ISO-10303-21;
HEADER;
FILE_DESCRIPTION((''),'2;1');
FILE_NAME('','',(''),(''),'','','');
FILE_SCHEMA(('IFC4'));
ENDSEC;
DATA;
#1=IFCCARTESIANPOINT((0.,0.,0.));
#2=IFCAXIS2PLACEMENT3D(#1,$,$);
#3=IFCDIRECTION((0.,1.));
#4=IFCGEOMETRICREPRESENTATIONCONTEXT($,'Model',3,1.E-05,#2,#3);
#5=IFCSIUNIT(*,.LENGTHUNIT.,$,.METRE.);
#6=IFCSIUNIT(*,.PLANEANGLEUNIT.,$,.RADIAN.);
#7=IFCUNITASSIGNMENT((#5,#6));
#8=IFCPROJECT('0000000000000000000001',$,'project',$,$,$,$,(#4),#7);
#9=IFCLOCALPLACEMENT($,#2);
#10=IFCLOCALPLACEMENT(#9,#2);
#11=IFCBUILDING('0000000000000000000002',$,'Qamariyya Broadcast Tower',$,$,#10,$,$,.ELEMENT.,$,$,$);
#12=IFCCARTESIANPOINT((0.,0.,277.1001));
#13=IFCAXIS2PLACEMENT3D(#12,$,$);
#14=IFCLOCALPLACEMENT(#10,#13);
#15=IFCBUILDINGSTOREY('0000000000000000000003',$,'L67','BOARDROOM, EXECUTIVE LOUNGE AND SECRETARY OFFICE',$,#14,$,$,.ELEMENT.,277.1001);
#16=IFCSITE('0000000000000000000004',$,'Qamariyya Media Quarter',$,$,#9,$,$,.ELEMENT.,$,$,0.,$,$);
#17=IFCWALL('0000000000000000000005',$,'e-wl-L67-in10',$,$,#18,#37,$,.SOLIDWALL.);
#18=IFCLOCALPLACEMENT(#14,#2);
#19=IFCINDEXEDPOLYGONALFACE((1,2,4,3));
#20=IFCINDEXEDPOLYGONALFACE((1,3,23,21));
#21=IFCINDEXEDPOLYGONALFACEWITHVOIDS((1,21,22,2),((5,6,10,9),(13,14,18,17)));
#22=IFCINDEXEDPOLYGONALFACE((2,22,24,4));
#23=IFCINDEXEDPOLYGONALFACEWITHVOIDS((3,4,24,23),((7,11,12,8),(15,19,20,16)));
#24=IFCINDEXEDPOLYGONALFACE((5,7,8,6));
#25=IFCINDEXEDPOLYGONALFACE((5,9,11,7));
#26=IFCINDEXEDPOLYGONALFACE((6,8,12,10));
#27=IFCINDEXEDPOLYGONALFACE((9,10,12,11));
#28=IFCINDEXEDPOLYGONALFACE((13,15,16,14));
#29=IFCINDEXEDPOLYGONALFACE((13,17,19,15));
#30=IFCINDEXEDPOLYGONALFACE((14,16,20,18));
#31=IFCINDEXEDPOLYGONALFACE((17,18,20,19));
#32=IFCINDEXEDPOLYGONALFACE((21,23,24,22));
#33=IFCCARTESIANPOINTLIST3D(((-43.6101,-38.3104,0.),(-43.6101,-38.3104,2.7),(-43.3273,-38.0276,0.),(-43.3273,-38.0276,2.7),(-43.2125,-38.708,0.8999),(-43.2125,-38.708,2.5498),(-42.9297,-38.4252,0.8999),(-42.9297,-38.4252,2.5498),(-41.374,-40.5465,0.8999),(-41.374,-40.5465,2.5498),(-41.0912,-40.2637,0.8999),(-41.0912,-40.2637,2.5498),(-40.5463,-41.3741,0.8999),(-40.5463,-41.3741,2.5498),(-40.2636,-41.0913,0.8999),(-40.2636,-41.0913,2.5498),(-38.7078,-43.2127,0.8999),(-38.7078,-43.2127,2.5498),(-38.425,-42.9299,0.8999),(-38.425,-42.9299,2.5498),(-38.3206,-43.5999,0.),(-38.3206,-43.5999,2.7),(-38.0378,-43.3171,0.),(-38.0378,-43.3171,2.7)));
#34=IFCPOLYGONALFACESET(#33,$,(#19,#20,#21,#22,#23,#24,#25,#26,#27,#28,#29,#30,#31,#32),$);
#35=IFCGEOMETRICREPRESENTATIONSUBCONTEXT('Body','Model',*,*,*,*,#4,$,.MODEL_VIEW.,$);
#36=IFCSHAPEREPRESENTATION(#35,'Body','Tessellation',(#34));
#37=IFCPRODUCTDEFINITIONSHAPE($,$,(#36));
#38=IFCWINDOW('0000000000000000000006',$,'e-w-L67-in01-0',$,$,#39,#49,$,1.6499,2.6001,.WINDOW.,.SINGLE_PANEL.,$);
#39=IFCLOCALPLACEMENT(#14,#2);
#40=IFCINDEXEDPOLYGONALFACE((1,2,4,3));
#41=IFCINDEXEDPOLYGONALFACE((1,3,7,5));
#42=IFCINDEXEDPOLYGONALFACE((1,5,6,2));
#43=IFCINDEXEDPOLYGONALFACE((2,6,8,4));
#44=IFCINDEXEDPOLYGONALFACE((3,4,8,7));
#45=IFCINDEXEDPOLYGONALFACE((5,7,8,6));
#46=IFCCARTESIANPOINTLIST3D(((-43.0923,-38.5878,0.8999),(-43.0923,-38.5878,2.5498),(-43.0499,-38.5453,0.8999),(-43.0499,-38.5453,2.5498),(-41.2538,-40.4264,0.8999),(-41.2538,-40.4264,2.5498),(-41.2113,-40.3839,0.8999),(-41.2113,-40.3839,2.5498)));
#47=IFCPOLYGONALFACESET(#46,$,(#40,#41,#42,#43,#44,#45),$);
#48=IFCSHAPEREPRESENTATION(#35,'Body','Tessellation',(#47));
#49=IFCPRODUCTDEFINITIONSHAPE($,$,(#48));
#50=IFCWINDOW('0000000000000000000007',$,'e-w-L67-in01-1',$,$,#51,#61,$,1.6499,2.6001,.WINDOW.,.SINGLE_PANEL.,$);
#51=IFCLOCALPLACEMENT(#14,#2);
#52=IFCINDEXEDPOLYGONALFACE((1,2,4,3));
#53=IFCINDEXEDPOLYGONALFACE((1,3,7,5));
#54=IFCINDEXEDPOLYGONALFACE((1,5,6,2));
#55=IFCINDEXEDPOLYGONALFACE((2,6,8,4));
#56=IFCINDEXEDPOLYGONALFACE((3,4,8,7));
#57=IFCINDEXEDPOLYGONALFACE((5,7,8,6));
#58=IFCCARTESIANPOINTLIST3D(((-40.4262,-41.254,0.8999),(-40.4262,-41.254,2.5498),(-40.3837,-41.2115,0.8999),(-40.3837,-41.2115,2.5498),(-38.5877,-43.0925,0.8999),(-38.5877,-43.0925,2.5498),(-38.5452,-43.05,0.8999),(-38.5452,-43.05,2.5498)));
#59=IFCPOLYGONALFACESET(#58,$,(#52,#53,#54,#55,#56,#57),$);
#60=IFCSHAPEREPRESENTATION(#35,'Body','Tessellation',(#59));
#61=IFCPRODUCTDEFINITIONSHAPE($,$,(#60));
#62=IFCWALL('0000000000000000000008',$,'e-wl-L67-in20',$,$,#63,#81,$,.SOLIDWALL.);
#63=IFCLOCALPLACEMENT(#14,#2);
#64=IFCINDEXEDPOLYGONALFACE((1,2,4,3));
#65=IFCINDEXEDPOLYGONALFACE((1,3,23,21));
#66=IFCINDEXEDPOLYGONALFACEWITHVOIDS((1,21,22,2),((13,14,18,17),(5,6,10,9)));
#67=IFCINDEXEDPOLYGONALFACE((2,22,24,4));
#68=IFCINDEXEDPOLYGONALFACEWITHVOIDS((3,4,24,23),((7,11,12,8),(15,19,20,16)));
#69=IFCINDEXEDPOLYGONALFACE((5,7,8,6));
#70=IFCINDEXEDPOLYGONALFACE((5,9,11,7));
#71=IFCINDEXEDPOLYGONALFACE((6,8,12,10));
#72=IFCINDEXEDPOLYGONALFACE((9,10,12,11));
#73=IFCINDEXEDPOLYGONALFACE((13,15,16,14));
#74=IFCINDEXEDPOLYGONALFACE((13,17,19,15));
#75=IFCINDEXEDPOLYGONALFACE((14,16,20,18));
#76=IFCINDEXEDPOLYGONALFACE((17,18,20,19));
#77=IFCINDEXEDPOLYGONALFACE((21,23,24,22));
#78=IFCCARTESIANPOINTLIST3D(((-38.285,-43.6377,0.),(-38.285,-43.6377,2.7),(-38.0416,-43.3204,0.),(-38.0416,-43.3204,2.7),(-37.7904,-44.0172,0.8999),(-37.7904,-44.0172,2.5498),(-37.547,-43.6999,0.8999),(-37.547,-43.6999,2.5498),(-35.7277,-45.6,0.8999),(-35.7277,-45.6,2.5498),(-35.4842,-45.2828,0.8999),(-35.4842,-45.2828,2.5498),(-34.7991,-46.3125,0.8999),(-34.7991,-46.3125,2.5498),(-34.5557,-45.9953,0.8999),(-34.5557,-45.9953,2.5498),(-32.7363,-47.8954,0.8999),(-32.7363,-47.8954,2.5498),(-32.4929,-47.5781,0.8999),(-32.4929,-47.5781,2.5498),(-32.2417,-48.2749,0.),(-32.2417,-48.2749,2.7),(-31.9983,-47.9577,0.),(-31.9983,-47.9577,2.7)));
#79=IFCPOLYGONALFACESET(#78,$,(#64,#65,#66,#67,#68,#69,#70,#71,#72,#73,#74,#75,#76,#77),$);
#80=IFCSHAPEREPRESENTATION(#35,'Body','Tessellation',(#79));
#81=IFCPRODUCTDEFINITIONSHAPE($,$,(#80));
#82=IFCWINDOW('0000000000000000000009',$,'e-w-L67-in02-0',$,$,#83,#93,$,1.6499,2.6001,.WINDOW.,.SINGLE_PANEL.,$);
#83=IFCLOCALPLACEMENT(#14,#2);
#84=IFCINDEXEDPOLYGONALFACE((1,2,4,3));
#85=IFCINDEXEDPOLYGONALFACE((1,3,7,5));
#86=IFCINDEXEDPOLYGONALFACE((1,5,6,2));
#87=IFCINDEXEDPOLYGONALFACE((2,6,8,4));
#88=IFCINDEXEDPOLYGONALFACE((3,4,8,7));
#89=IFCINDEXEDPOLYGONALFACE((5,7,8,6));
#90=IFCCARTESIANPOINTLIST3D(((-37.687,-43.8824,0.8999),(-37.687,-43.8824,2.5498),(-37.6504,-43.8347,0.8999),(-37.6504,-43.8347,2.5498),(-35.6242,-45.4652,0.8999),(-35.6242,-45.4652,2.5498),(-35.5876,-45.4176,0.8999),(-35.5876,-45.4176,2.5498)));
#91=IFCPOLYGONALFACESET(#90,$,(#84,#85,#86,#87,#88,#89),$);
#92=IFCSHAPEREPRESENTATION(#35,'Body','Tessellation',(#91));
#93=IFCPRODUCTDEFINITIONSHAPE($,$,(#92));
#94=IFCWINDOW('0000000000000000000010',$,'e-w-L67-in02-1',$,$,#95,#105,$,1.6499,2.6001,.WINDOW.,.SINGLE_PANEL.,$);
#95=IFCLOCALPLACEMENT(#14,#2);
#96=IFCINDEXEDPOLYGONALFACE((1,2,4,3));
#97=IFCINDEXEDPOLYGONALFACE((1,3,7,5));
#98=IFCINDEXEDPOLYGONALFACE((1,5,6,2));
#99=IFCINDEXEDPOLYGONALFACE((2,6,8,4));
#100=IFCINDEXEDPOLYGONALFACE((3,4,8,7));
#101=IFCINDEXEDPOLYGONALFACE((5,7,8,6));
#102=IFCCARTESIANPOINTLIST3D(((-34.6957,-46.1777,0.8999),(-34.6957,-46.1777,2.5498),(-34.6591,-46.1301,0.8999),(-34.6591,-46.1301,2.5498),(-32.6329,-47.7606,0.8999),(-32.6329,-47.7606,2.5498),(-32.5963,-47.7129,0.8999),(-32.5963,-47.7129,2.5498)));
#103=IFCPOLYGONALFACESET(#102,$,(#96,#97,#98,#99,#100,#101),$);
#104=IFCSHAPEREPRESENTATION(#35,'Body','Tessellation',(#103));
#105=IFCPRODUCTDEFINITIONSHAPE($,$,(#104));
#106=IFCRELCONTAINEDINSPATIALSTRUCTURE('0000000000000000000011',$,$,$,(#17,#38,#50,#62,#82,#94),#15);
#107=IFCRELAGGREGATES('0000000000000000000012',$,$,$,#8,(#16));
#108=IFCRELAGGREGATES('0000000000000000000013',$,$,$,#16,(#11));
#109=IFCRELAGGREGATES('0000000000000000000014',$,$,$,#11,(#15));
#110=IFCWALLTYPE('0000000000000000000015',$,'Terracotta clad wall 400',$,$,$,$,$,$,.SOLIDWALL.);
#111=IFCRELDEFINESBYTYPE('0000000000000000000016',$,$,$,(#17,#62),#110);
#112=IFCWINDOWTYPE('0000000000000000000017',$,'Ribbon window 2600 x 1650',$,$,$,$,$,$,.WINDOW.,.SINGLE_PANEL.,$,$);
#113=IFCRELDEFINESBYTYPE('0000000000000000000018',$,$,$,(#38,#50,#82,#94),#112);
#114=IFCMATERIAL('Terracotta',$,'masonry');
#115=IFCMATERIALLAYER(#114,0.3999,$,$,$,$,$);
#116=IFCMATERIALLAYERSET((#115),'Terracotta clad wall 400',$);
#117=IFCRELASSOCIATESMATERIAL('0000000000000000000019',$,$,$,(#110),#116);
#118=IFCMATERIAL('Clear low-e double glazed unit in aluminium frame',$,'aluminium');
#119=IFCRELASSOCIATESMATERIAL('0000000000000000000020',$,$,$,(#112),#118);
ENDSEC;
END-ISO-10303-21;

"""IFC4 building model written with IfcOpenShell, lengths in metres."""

from ifc_helpers import new_model, si_unit, direction, frame, frame_2d, origin, place, context, subcontext, project, spatial, rectangle, extrude, material, layer, layer_set, type_object, element, fill, save


model = new_model("IFC4")

# Units and contexts
model_context = context("Model", 3, precision=1e-05, world=origin(), true_north=direction((0.0, 1.0)))
body_context = subcontext(model_context, "Body", "Model", "MODEL_VIEW")
ifc_project = project(units=[si_unit("LENGTHUNIT", "METRE"), si_unit("PLANEANGLEUNIT", "RADIAN")], contexts=[model_context])

# Site, building, storey
site_placement = place(None, origin())
site = spatial("IfcSite", under=ifc_project, at=site_placement, Name="Qamariyya Media Quarter", CompositionType="ELEMENT", RefElevation=0.0)
building_placement = place(site_placement, origin())
building = spatial("IfcBuilding", under=site, at=building_placement, Name="Qamariyya Broadcast Tower", CompositionType="ELEMENT")
storey_placement = place(building_placement, frame((0.0, 0.0, 277.1001)))
storey = spatial("IfcBuildingStorey", under=building, at=storey_placement, Name="L67", Description="BOARDROOM, EXECUTIVE LOUNGE AND SECRETARY OFFICE", CompositionType="ELEMENT", Elevation=277.1001)

# Walls, openings, windows
ifc_material_1 = material(Name="Terracotta", Category="masonry")
ifc_layer_1 = layer(ifc_material_1, 0.3999)
ifc_layer_set_1 = layer_set([ifc_layer_1], Name="Terracotta clad wall 400")
wall_type_1 = type_object("IfcWallType", Name="Terracotta clad wall 400", PredefinedType="SOLIDWALL", material=ifc_layer_set_1)
wall_1_placement = place(storey_placement, frame((-38.1792, -43.4585, 0.0), z_axis=(0.0, 0.0, 1.0), x_axis=(-0.707107, 0.707107, 0.0)))
wall_1 = element("IfcWall", 1, at=wall_1_placement, inside=storey, type_object=wall_type_1, Name="e-wl-L67-in10", PredefinedType="SOLIDWALL", context=body_context, shape_type="SweptSolid", body=[
    extrude(rectangle(XDim=7.4805, YDim=0.3999, at=frame_2d((3.7402, 0.0))), origin(), (0.0, 0.0, 1.0), 2.7),
])
opening_1_placement = place(wall_1_placement, frame((4.3181, 0.0, 0.8999)))
opening_1 = element("IfcOpeningElement", 2, at=opening_1_placement, cuts=wall_1, PredefinedType="OPENING", context=body_context, shape_type="SweptSolid", body=[
    extrude(rectangle(XDim=2.6001, YDim=1.6499, at=frame_2d((1.3, 0.825))), frame((0.0, 0.21, 0.0), z_axis=(0.0, -1.0, 0.0), x_axis=(1.0, 0.0, 0.0)), (0.0, 0.0, 1.0), 0.4199),
])
opening_2_placement = place(wall_1_placement, frame((0.5476, 0.0, 0.8999)))
opening_2 = element("IfcOpeningElement", 3, at=opening_2_placement, cuts=wall_1, PredefinedType="OPENING", context=body_context, shape_type="SweptSolid", body=[
    extrude(rectangle(XDim=2.6001, YDim=1.6499, at=frame_2d((1.3, 0.825))), frame((0.0, 0.21, 0.0), z_axis=(0.0, -1.0, 0.0), x_axis=(1.0, 0.0, 0.0)), (0.0, 0.0, 1.0), 0.4199),
])
ifc_material_2 = material(Name="Clear low-e double glazed unit in aluminium frame", Category="aluminium")
window_type = type_object("IfcWindowType", Name="Ribbon window 2600 x 1650", PartitioningType="SINGLE_PANEL", PredefinedType="WINDOW", material=ifc_material_2)
window_1_placement = place(opening_1_placement, origin())
window_1 = element("IfcWindow", 4, at=window_1_placement, inside=storey, type_object=window_type, Name="e-w-L67-in01-0", OverallHeight=1.6499, OverallWidth=2.6001, PartitioningType="SINGLE_PANEL", PredefinedType="WINDOW", context=body_context, shape_type="SweptSolid", body=[
    extrude(rectangle(XDim=2.6001, YDim=1.6499, at=frame_2d((1.3, 0.825))), frame((0.0, 0.03, 0.0), z_axis=(0.0, -1.0, 0.0), x_axis=(1.0, 0.0, 0.0)), (0.0, 0.0, 1.0), 0.0601),
])
fill(opening_1, window_1)
window_2_placement = place(opening_2_placement, origin())
window_2 = element("IfcWindow", 5, at=window_2_placement, inside=storey, type_object=window_type, Name="e-w-L67-in01-1", OverallHeight=1.6499, OverallWidth=2.6001, PartitioningType="SINGLE_PANEL", PredefinedType="WINDOW", context=body_context, shape_type="SweptSolid", body=[
    extrude(rectangle(XDim=2.6001, YDim=1.6499, at=frame_2d((1.3, 0.825))), frame((0.0, 0.03, 0.0), z_axis=(0.0, -1.0, 0.0), x_axis=(1.0, 0.0, 0.0)), (0.0, 0.0, 1.0), 0.0601),
])
fill(opening_2, window_2)
wall_2_placement = place(storey_placement, frame((-32.1201, -48.1162, 0.0), z_axis=(0.0, 0.0, 1.0), x_axis=(-0.793348, 0.608769, 0.0)))
wall_2 = element("IfcWall", 6, at=wall_2_placement, inside=storey, type_object=wall_type_1, Name="e-wl-L67-in20", PredefinedType="SOLIDWALL", context=body_context, shape_type="SweptSolid", body=[
    extrude(rectangle(XDim=7.6174, YDim=0.3999, at=frame_2d((3.8086, 0.0))), origin(), (0.0, 0.0, 1.0), 2.7),
])
opening_3_placement = place(wall_2_placement, frame((4.3938, 0.0, 0.8999)))
opening_3 = element("IfcOpeningElement", 7, at=opening_3_placement, cuts=wall_2, PredefinedType="OPENING", context=body_context, shape_type="SweptSolid", body=[
    extrude(rectangle(XDim=2.6001, YDim=1.6499, at=frame_2d((1.3, 0.825))), frame((0.0, 0.21, 0.0), z_axis=(0.0, -1.0, 0.0), x_axis=(1.0, 0.0, 0.0)), (0.0, 0.0, 1.0), 0.4199),
])
opening_4_placement = place(wall_2_placement, frame((0.6233, 0.0, 0.8999)))
opening_4 = element("IfcOpeningElement", 8, at=opening_4_placement, cuts=wall_2, PredefinedType="OPENING", context=body_context, shape_type="SweptSolid", body=[
    extrude(rectangle(XDim=2.6001, YDim=1.6499, at=frame_2d((1.3, 0.825))), frame((0.0, 0.21, 0.0), z_axis=(0.0, -1.0, 0.0), x_axis=(1.0, 0.0, 0.0)), (0.0, 0.0, 1.0), 0.4199),
])
window_3_placement = place(opening_3_placement, origin())
window_3 = element("IfcWindow", 9, at=window_3_placement, inside=storey, type_object=window_type, Name="e-w-L67-in02-0", OverallHeight=1.6499, OverallWidth=2.6001, PartitioningType="SINGLE_PANEL", PredefinedType="WINDOW", context=body_context, shape_type="SweptSolid", body=[
    extrude(rectangle(XDim=2.6001, YDim=1.6499, at=frame_2d((1.3, 0.825))), frame((0.0, 0.03, 0.0), z_axis=(0.0, -1.0, 0.0), x_axis=(1.0, 0.0, 0.0)), (0.0, 0.0, 1.0), 0.0601),
])
fill(opening_3, window_3)
window_4_placement = place(opening_4_placement, origin())
window_4 = element("IfcWindow", 10, at=window_4_placement, inside=storey, type_object=window_type, Name="e-w-L67-in02-1", OverallHeight=1.6499, OverallWidth=2.6001, PartitioningType="SINGLE_PANEL", PredefinedType="WINDOW", context=body_context, shape_type="SweptSolid", body=[
    extrude(rectangle(XDim=2.6001, YDim=1.6499, at=frame_2d((1.3, 0.825))), frame((0.0, 0.03, 0.0), z_axis=(0.0, -1.0, 0.0), x_axis=(1.0, 0.0, 0.0)), (0.0, 0.0, 1.0), 0.0601),
])
fill(opening_4, window_4)

save(model, "model.ifc")
